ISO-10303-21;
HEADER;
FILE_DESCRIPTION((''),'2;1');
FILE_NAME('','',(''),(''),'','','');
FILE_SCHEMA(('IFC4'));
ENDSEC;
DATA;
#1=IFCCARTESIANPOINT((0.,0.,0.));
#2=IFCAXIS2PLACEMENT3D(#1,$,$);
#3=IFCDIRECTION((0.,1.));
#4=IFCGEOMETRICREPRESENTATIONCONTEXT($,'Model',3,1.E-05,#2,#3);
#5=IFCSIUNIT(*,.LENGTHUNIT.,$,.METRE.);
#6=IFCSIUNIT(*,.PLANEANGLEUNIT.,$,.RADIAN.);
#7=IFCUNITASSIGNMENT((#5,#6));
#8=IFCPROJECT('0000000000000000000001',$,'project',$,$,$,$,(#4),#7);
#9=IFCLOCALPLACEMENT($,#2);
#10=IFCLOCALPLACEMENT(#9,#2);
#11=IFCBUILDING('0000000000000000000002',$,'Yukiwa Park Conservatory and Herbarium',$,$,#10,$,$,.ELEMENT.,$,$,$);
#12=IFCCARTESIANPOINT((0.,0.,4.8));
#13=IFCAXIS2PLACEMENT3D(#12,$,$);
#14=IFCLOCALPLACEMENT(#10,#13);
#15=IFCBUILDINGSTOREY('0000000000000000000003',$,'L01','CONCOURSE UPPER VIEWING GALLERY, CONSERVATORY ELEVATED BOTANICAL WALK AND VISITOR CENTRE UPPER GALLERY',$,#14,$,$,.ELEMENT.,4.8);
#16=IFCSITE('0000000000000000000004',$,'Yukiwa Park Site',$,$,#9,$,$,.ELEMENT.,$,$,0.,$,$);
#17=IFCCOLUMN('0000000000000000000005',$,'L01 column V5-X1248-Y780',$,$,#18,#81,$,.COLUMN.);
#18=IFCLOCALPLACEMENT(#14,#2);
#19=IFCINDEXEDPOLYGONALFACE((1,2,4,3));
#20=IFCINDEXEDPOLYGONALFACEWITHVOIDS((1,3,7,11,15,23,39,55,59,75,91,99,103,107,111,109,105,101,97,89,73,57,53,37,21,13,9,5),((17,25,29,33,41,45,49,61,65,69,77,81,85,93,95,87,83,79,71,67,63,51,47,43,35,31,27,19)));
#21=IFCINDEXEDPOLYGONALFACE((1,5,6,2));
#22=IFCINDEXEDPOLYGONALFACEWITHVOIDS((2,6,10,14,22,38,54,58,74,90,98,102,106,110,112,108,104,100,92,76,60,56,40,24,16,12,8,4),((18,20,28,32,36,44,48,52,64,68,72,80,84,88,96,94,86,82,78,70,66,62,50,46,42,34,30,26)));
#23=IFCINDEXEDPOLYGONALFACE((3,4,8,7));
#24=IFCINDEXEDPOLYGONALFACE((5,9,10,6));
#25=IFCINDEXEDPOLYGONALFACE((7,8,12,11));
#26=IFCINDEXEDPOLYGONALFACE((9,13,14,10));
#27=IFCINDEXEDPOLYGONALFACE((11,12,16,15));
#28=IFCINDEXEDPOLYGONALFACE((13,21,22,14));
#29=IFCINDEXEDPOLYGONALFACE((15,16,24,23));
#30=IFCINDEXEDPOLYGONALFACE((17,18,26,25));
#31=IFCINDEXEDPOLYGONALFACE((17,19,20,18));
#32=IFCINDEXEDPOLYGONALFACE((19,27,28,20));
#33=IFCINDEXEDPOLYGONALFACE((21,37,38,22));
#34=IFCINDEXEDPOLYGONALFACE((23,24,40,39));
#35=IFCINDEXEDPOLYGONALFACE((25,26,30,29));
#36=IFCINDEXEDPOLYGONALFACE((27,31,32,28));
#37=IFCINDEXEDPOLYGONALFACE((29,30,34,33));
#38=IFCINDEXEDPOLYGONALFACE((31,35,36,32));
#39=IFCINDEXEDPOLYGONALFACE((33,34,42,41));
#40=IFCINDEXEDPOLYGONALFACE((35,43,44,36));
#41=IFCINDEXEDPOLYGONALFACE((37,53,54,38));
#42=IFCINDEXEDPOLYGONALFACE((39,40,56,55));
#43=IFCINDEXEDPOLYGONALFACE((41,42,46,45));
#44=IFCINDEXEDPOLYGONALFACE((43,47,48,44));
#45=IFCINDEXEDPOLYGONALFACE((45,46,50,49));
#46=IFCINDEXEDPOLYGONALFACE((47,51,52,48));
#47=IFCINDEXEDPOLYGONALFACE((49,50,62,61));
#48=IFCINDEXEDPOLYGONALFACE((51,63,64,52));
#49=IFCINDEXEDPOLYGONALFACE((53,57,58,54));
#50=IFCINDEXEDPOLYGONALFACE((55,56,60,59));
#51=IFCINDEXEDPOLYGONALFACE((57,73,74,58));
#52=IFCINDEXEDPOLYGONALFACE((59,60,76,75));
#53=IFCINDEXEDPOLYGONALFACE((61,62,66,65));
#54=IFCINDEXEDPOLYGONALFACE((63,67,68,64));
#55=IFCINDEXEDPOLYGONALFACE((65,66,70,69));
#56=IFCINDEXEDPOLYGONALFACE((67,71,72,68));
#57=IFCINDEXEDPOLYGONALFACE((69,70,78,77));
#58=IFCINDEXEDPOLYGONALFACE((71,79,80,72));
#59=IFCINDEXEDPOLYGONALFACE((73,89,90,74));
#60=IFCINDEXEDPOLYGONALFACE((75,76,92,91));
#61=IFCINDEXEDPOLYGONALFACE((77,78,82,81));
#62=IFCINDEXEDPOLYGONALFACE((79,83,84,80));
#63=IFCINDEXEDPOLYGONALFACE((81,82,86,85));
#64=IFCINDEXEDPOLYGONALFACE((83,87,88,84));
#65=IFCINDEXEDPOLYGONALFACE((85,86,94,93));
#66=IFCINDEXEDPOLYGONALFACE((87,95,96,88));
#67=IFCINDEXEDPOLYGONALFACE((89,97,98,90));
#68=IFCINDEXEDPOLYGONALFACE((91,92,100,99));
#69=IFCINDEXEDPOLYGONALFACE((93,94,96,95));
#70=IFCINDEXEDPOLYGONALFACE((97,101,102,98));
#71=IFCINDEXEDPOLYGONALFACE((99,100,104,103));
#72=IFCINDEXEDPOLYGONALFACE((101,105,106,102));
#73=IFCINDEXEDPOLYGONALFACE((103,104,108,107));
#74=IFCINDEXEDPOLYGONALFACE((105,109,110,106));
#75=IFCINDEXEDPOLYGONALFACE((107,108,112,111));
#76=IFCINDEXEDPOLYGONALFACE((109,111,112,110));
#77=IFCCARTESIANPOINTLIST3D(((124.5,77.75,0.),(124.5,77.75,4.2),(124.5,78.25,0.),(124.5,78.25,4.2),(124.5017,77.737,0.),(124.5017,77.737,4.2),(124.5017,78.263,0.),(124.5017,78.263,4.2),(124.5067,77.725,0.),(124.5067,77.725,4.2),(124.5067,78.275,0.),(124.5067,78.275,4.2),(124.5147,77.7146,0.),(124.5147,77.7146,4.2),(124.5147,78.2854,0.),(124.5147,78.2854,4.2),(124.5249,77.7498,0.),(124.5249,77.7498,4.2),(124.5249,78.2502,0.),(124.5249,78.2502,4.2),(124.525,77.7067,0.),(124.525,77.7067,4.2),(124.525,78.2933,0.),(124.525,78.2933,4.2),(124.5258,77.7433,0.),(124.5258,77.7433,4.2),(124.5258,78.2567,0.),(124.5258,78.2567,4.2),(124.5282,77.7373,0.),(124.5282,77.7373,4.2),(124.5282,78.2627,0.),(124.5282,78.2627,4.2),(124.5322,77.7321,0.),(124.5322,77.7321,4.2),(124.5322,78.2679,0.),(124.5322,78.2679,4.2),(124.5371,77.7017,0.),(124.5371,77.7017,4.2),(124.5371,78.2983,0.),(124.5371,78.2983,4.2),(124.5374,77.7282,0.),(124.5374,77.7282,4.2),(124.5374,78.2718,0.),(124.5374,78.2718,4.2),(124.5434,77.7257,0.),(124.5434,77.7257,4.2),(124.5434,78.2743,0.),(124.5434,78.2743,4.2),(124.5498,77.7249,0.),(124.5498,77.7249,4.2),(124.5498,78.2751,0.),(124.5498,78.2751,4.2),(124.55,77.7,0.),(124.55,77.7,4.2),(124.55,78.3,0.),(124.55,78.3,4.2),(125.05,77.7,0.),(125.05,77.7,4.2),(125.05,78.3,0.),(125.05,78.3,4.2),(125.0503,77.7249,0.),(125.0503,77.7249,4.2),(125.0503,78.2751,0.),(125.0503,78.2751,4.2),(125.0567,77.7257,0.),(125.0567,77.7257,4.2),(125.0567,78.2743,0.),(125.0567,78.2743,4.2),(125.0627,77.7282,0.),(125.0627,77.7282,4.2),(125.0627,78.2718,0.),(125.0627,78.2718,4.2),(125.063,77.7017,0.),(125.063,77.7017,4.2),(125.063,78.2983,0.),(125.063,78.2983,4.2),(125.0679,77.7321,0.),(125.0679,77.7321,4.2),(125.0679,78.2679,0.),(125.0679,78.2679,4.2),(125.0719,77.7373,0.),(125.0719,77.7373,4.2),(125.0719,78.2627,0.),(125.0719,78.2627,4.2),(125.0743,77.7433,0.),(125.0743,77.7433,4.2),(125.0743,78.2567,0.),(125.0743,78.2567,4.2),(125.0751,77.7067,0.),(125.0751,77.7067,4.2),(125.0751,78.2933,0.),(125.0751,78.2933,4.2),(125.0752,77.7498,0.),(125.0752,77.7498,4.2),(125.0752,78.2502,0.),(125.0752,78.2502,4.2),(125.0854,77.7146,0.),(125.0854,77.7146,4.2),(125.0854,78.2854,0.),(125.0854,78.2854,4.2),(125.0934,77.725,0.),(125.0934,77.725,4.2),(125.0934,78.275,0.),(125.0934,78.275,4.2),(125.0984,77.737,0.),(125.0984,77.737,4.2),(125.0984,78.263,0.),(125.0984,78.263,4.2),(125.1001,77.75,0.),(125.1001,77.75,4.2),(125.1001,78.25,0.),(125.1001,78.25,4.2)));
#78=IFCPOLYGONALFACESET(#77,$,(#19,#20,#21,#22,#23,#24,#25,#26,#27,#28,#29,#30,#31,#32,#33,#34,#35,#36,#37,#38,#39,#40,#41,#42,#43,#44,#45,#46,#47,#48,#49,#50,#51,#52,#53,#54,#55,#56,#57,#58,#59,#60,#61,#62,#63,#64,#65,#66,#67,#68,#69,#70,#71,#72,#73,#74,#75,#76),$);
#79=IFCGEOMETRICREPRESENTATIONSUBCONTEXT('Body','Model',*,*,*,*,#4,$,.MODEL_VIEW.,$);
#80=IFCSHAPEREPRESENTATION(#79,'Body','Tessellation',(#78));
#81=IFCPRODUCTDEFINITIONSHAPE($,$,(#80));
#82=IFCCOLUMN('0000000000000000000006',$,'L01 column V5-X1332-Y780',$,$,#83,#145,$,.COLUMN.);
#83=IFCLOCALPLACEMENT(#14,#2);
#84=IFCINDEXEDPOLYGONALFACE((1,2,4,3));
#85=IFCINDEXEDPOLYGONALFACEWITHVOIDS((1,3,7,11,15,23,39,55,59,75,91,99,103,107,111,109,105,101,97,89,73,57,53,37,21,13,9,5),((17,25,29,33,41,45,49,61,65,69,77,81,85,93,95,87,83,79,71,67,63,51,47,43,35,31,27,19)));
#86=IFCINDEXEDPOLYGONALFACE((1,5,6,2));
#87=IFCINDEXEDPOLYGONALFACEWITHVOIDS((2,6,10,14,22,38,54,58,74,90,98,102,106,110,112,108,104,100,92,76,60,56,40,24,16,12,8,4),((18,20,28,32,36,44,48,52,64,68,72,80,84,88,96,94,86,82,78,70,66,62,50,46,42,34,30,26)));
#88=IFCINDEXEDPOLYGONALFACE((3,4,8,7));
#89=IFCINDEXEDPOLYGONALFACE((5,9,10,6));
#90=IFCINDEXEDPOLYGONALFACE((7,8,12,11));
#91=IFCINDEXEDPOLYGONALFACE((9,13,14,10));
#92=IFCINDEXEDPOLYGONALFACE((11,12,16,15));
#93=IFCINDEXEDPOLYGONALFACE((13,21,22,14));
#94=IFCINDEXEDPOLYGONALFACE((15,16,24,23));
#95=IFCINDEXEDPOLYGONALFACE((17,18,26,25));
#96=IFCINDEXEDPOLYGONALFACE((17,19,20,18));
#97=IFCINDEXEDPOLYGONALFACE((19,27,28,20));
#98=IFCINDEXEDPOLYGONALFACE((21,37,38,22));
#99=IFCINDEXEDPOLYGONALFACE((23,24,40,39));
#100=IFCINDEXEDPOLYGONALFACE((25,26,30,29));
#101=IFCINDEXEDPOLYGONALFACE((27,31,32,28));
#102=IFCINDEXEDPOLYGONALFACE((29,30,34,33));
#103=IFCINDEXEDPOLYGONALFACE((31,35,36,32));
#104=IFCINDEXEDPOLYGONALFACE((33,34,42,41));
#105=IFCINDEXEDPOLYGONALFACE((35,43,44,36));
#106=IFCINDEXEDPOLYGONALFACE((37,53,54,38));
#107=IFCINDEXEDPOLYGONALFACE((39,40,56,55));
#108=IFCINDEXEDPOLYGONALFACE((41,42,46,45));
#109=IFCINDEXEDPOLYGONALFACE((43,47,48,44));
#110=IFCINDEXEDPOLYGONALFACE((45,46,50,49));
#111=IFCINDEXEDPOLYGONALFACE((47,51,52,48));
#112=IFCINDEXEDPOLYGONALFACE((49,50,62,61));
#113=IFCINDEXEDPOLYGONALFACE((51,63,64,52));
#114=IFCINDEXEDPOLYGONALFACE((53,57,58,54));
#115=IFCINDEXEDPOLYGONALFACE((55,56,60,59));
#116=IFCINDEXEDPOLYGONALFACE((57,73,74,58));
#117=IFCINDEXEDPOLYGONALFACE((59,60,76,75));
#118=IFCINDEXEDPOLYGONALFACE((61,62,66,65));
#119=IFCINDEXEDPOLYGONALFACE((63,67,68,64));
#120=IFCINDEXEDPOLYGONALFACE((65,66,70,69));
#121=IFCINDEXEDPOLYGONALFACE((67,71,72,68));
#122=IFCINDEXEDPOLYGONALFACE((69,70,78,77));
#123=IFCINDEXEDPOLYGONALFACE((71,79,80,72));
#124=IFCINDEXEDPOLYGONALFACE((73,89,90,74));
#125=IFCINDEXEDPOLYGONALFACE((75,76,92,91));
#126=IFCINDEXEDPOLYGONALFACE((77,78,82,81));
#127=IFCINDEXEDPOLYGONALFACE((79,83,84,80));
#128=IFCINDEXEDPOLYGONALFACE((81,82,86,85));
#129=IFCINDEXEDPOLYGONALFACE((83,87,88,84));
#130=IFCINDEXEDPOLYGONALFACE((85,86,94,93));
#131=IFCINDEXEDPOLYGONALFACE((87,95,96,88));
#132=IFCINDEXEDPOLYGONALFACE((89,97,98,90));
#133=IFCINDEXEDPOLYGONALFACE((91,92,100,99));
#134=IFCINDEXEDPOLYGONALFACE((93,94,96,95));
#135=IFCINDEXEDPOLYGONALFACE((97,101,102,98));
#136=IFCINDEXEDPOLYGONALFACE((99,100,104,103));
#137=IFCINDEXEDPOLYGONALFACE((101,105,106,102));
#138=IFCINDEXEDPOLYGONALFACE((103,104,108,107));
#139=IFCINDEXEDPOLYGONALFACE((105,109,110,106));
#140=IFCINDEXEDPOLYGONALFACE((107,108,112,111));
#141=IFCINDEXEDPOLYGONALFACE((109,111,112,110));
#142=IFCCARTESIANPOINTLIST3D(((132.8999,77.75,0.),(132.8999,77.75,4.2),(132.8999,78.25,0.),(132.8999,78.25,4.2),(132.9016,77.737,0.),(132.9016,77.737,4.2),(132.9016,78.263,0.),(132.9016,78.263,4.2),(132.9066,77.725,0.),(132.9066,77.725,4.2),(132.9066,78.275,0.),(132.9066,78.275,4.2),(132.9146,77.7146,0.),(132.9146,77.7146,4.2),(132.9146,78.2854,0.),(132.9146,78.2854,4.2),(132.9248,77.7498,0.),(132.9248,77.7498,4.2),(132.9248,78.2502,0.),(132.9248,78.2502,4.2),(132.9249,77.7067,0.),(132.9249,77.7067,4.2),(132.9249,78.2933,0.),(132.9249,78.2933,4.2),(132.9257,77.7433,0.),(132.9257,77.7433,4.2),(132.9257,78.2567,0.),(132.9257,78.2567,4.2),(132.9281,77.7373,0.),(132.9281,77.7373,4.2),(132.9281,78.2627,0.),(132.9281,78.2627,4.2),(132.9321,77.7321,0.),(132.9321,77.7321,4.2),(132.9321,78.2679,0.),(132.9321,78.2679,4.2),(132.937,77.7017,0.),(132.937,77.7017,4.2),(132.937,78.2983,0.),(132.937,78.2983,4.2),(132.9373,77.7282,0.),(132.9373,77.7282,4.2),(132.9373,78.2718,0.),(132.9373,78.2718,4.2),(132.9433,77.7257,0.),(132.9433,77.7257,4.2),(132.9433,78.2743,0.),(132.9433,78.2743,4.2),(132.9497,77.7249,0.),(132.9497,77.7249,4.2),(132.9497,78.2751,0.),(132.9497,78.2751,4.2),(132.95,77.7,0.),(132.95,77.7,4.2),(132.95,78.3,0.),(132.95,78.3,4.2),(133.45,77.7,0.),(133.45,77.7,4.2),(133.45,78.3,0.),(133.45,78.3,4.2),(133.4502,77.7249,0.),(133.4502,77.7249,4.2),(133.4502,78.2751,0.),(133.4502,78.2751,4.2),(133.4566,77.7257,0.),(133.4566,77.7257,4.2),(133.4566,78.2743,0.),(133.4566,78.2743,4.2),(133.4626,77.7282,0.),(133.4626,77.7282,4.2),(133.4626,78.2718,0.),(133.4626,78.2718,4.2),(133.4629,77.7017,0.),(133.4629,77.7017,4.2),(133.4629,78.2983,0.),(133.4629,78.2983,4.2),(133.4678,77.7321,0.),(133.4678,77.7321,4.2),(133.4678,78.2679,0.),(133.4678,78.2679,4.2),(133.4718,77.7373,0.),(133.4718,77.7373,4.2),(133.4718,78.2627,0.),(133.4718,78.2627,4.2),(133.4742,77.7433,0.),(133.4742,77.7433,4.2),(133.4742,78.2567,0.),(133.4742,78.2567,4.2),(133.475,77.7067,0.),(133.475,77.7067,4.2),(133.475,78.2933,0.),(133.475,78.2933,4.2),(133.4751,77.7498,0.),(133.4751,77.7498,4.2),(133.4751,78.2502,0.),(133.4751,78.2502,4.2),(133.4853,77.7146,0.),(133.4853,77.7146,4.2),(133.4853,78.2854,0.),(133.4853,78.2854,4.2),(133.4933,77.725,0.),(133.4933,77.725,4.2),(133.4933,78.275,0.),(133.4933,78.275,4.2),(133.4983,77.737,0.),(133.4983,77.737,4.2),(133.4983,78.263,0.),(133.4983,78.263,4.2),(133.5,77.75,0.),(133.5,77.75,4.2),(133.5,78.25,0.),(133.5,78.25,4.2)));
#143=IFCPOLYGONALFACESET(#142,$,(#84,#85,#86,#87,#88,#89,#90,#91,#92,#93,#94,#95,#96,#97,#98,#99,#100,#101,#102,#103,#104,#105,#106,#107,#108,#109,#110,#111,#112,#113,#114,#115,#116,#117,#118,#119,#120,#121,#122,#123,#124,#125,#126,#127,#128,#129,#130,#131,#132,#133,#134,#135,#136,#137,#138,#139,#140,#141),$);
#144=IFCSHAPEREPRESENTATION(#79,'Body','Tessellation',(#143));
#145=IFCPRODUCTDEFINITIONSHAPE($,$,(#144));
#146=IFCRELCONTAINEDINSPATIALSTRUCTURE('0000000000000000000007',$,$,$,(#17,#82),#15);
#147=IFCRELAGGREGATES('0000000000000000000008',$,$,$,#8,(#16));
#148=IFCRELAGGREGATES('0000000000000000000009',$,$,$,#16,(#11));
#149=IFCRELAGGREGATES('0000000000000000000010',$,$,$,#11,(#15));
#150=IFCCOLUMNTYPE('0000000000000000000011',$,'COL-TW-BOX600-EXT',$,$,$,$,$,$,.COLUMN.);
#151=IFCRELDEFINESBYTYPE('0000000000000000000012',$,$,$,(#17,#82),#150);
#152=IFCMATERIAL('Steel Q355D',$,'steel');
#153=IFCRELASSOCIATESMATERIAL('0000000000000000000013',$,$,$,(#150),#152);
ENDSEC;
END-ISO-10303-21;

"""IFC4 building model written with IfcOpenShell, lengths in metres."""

from ifc_helpers import new_model, si_unit, direction, frame, origin, origin_2d, place, context, subcontext, project, spatial, hollow_rectangle, extrude, material, material_profile, profile_set, type_object, element, save


model = new_model("IFC4")

# Units and contexts
model_context = context("Model", 3, precision=1e-05, world=origin(), true_north=direction((0.0, 1.0)))
body_context = subcontext(model_context, "Body", "Model", "MODEL_VIEW")
ifc_project = project(units=[si_unit("LENGTHUNIT", "METRE"), si_unit("PLANEANGLEUNIT", "RADIAN")], contexts=[model_context])

# Site, building, storey
site_placement = place(None, origin())
site = spatial("IfcSite", under=ifc_project, at=site_placement, Name="Yukiwa Park Site", CompositionType="ELEMENT", RefElevation=0.0)
building_placement = place(site_placement, origin())
building = spatial("IfcBuilding", under=site, at=building_placement, Name="Yukiwa Park Conservatory and Herbarium", CompositionType="ELEMENT")
storey_placement = place(building_placement, frame((0.0, 0.0, 4.8)))
storey = spatial("IfcBuildingStorey", under=building, at=storey_placement, Name="L01", Description="CONCOURSE UPPER VIEWING GALLERY, CONSERVATORY ELEVATED BOTANICAL WALK AND VISITOR CENTRE UPPER GALLERY", CompositionType="ELEMENT", Elevation=4.8)

# Columns
ifc_material_1 = material(Name="Steel Q355D", Category="steel")
ifc_material_profile_1 = material_profile(ifc_material_1, hollow_rectangle(XDim=0.6001, YDim=0.6001, WallThickness=0.0249, InnerFilletRadius=0.0249, OuterFilletRadius=0.05, at=origin_2d()), Name="BOX 600x600x25")
ifc_profile_set_1 = profile_set([ifc_material_profile_1], Name="Steel Q355D")
column_type_1 = type_object("IfcColumnType", Name="COL-TW-BOX600-EXT", PredefinedType="COLUMN", material=ifc_profile_set_1)
for number, where, z_axis, x_axis, name in (
    (1, (124.8, 78.0, 0.0), (0.0, 0.0, 1.0), (1.0, 0.0, 0.0), "L01 column V5-X1248-Y780"),
    (2, (133.2, 78.0, 0.0), (0.0, 0.0, 1.0), (1.0, 0.0, 0.0), "L01 column V5-X1332-Y780"),
):
    element("IfcColumn", number, at=place(storey_placement, frame(where, z_axis=z_axis, x_axis=x_axis)), inside=storey, type_object=column_type_1, Name=name, PredefinedType="COLUMN", context=body_context, shape_type="SweptSolid", body=[
        extrude(hollow_rectangle(XDim=0.6001, YDim=0.6001, WallThickness=0.0249, InnerFilletRadius=0.0249, OuterFilletRadius=0.05, at=origin_2d()), origin(), (0.0, 0.0, 1.0), 4.2),
    ])

save(model, "model.ifc")
